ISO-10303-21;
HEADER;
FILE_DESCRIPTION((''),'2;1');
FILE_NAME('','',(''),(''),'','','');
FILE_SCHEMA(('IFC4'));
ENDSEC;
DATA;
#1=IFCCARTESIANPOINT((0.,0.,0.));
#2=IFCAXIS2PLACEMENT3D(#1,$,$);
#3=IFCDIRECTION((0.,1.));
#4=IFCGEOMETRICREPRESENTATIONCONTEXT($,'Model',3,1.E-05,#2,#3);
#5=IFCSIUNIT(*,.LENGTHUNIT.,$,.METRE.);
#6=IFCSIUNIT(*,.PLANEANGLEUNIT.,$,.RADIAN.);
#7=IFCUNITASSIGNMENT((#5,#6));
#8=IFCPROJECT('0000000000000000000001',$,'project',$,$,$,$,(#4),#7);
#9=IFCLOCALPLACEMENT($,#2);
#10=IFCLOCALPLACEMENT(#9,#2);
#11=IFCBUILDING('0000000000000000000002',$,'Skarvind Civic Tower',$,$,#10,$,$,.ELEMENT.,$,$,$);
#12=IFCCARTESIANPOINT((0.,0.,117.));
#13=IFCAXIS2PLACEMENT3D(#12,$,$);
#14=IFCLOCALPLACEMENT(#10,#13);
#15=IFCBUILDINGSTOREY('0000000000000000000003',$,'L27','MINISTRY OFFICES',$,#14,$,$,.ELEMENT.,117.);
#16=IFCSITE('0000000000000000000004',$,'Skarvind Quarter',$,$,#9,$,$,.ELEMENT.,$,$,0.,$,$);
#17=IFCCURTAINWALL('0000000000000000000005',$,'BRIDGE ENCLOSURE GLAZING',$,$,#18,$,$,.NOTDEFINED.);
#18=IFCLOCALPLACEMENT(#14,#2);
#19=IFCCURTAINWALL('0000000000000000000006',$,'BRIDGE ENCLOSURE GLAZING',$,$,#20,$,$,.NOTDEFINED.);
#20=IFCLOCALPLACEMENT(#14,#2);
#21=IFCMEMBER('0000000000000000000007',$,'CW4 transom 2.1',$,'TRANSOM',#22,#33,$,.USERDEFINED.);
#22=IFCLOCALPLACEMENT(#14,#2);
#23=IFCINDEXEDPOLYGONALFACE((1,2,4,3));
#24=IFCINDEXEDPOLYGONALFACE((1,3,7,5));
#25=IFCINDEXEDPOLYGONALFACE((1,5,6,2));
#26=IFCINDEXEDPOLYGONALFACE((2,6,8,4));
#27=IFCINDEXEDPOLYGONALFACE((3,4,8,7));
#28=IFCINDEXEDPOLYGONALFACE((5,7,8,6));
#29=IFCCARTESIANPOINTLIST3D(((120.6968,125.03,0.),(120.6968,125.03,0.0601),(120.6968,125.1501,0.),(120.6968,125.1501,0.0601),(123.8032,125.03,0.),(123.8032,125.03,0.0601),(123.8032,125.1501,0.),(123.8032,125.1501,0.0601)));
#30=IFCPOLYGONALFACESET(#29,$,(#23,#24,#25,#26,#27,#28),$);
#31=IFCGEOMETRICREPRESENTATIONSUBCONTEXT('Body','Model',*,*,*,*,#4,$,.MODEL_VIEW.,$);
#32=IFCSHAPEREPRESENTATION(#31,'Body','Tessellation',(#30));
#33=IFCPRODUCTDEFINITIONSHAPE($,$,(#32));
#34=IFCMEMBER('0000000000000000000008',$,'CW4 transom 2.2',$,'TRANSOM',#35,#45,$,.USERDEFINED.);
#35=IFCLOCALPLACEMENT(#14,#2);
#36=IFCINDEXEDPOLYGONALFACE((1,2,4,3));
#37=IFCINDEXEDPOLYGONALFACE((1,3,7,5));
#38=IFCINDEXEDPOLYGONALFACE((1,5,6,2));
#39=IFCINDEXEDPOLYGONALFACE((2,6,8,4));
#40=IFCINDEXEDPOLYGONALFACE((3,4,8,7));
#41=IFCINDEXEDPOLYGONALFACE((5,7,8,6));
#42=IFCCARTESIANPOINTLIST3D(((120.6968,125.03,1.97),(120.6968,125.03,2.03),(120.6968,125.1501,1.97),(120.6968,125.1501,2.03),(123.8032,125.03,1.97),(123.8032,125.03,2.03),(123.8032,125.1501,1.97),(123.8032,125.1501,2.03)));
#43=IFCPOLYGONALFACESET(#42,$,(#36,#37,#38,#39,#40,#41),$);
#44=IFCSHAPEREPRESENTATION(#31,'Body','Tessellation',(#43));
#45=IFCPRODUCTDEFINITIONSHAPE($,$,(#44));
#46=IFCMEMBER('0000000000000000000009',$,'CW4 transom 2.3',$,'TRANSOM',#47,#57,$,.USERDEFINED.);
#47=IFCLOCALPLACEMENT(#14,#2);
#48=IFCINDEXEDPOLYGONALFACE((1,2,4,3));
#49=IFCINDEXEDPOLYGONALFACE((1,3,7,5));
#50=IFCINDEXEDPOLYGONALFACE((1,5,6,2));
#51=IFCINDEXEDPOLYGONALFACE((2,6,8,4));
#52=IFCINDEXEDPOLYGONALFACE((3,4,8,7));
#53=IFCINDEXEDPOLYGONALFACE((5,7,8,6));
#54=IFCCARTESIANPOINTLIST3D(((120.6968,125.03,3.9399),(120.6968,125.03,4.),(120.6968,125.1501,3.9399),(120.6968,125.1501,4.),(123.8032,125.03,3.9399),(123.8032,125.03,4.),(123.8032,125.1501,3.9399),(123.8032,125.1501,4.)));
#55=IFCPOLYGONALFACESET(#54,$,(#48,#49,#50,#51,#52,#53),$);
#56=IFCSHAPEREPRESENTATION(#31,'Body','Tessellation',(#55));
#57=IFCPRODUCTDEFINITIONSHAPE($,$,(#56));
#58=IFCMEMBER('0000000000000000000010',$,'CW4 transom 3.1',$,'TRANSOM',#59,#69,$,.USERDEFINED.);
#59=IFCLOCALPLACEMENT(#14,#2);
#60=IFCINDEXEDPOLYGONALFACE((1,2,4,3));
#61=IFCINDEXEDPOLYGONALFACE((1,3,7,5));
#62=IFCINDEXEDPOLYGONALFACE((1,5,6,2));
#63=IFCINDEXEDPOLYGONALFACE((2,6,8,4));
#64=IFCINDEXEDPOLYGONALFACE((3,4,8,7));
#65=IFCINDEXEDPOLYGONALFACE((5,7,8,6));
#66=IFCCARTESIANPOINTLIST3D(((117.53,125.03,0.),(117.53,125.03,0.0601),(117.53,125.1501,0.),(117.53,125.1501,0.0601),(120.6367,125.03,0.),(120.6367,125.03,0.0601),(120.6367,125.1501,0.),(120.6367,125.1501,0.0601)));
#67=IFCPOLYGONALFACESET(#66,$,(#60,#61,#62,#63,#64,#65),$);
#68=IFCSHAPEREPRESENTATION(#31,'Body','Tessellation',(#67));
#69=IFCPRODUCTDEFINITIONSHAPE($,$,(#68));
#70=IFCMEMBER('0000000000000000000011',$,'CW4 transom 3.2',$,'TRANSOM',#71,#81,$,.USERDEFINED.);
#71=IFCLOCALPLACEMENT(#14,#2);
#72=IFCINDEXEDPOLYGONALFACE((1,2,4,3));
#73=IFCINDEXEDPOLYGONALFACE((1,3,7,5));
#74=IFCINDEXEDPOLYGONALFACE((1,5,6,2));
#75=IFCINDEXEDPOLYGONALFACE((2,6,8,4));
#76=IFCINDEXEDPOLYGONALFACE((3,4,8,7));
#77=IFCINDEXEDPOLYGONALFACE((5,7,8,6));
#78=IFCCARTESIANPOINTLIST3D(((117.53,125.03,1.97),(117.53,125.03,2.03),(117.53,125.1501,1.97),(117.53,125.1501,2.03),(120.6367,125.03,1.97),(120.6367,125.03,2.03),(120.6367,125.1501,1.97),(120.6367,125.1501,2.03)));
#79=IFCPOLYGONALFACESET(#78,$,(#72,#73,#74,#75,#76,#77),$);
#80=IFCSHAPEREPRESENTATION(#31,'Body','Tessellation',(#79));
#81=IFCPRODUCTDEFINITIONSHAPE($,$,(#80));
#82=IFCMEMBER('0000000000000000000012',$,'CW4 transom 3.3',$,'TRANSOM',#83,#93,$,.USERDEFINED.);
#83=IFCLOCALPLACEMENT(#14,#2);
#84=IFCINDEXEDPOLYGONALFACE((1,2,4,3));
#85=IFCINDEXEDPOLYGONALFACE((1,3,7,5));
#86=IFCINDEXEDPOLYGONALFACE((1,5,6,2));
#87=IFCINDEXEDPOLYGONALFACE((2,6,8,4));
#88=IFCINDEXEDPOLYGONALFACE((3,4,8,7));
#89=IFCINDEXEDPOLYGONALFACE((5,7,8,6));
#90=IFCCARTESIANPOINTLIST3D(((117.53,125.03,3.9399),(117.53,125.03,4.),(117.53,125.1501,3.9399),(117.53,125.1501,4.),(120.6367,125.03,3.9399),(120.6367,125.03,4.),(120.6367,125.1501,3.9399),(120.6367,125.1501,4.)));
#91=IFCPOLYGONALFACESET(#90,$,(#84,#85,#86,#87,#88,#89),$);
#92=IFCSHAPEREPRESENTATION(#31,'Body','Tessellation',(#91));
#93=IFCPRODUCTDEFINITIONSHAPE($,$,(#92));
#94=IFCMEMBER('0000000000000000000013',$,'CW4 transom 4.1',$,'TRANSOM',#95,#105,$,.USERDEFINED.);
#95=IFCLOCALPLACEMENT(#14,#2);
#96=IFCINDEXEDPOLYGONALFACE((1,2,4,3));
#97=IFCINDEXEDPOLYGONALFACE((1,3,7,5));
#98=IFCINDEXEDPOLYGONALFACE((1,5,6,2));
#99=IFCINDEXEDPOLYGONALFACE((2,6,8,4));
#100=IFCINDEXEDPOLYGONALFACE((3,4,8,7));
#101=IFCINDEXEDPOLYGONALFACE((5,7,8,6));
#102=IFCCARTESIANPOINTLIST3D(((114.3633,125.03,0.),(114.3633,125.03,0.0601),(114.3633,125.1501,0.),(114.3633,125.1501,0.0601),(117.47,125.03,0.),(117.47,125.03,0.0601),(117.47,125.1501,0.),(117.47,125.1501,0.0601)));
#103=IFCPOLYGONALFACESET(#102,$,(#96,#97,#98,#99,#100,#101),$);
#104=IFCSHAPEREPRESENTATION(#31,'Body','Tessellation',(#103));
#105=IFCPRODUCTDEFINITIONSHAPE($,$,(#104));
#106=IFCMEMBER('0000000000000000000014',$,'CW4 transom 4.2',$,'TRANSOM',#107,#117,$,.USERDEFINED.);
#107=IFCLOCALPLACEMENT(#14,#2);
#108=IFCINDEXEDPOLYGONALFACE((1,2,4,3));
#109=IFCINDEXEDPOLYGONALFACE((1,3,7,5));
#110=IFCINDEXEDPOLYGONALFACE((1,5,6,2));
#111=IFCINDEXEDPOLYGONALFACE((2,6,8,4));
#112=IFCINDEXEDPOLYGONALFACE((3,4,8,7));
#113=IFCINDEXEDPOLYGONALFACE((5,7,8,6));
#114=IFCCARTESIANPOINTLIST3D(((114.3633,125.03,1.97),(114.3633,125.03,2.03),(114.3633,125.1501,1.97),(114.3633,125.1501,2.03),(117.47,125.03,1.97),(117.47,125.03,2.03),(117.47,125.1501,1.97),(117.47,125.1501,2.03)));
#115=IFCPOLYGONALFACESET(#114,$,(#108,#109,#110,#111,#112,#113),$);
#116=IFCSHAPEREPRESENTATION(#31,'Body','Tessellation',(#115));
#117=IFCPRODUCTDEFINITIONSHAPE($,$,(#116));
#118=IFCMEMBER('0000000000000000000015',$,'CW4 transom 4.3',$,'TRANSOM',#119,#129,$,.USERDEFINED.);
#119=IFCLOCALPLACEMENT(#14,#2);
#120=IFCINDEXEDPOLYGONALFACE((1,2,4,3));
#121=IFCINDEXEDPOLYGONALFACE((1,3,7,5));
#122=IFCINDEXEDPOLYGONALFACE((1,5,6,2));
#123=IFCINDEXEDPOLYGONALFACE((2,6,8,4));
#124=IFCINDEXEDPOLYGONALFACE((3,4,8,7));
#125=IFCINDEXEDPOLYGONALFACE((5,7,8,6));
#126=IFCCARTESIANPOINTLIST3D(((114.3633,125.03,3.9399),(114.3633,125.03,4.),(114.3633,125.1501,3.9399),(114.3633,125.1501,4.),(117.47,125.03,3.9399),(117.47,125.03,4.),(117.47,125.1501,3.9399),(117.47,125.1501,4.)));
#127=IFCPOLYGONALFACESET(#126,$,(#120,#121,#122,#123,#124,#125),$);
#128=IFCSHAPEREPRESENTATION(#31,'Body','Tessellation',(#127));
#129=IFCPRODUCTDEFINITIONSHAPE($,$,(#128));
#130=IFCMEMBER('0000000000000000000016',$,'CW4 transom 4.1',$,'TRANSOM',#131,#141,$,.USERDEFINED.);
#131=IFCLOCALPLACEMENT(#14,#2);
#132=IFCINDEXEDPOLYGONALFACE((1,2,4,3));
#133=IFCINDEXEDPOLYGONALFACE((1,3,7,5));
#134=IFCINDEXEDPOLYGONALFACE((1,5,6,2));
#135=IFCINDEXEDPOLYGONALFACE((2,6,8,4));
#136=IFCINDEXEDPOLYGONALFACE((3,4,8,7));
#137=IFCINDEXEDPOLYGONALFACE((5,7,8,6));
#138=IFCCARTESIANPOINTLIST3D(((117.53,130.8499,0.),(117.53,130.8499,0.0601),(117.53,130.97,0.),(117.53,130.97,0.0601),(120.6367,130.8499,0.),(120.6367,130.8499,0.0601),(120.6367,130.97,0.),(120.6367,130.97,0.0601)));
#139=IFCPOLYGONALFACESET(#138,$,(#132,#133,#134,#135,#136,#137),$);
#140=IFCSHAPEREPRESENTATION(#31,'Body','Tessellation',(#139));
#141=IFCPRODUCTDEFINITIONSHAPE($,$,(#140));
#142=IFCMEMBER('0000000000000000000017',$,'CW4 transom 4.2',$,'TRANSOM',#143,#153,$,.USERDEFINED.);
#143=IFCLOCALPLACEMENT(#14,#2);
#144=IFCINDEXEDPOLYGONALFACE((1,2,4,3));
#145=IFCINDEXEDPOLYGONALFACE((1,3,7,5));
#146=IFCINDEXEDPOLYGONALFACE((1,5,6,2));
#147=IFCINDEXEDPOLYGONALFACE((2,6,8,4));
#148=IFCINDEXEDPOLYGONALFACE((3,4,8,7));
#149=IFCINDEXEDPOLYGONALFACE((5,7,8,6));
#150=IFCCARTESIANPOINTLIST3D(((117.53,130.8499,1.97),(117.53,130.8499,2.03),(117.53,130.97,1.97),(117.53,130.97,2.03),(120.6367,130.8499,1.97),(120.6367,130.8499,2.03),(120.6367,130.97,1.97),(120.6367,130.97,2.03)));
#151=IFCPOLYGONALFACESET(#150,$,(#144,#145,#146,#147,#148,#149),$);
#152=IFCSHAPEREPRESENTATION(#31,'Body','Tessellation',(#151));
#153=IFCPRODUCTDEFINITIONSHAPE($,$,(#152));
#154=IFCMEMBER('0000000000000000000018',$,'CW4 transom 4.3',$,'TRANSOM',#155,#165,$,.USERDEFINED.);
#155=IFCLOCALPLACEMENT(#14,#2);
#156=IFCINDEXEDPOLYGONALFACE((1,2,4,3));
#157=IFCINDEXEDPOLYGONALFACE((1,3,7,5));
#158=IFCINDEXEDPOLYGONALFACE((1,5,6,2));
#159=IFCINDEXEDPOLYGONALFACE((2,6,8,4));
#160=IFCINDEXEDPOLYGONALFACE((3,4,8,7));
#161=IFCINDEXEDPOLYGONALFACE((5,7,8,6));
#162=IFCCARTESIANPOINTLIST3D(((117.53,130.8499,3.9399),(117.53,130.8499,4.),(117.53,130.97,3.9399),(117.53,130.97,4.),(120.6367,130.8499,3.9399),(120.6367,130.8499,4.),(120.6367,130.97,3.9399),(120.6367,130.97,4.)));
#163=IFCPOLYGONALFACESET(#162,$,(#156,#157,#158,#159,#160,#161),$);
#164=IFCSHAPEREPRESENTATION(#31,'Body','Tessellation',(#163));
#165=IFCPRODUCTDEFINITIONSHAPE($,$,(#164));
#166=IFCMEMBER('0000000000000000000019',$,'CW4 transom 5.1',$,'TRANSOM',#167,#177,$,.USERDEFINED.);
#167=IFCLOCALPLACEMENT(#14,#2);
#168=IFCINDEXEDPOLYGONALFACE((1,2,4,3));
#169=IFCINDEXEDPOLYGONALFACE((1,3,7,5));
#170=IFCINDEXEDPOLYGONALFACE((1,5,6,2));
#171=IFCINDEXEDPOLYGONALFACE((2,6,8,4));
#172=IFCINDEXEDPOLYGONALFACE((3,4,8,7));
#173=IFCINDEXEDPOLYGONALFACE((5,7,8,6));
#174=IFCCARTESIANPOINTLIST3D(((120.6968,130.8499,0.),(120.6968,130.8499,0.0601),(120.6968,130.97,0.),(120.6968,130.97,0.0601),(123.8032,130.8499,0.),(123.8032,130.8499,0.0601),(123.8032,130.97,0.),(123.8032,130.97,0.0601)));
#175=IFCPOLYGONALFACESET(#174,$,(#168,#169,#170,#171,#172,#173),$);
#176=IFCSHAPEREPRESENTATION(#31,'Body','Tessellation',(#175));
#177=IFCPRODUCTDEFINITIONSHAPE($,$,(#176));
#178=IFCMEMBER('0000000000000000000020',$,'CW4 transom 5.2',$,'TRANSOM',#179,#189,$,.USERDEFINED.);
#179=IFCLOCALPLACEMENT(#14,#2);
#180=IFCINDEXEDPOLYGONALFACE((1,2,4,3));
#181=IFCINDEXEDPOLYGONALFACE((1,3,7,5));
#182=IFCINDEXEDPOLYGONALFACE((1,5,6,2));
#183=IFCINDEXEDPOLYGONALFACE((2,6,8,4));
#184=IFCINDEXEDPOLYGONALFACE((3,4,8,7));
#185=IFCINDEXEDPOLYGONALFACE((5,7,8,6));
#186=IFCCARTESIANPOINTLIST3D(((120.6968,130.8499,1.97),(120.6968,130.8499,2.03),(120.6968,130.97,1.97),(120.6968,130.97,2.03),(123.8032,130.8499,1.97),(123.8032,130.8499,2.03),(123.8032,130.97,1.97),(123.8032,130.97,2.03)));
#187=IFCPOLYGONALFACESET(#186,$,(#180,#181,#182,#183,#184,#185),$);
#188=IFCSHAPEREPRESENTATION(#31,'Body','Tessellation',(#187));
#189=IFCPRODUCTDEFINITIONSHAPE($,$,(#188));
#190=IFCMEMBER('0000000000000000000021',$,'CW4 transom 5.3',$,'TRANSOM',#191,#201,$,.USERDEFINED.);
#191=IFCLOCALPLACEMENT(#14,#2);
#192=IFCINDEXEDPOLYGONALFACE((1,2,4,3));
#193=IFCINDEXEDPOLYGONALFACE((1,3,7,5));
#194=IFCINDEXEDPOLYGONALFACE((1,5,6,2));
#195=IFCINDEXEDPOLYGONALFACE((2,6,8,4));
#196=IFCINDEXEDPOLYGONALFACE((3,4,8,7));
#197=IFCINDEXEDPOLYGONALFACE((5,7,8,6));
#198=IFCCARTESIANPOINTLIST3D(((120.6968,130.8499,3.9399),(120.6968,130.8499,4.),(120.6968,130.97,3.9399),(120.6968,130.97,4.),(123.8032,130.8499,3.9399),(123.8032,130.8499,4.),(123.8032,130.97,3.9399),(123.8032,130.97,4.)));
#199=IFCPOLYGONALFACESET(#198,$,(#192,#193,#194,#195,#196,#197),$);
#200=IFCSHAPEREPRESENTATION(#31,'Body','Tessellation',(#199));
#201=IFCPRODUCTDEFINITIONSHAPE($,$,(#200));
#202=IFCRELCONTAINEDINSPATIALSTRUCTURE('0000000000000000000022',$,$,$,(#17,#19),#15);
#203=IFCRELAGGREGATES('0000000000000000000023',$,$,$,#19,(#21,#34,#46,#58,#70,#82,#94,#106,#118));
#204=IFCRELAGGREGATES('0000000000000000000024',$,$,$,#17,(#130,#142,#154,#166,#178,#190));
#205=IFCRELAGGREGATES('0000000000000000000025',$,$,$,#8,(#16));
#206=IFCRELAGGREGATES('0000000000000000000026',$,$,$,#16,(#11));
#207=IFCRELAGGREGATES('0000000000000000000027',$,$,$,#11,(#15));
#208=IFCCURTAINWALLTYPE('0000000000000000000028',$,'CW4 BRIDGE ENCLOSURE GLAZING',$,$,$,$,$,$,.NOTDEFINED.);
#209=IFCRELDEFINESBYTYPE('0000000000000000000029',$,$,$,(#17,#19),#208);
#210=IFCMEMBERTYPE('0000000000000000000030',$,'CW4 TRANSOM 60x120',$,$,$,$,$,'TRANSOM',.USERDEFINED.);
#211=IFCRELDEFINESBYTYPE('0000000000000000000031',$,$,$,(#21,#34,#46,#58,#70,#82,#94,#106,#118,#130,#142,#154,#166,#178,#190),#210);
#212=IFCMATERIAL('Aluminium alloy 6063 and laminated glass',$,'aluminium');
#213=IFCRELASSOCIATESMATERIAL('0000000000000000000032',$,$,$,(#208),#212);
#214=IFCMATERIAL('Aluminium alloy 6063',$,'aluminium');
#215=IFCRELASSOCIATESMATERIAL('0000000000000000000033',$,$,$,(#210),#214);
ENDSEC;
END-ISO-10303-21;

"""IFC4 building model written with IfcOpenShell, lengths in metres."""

from ifc_helpers import new_model, si_unit, direction, frame, origin, origin_2d, place, context, subcontext, project, spatial, rectangle, extrude, material, material_profile, profile_set, type_object, element, aggregate, save


model = new_model("IFC4")

# Units and contexts
model_context = context("Model", 3, precision=1e-05, world=origin(), true_north=direction((0.0, 1.0)))
body_context = subcontext(model_context, "Body", "Model", "MODEL_VIEW")
ifc_project = project(units=[si_unit("LENGTHUNIT", "METRE"), si_unit("PLANEANGLEUNIT", "RADIAN")], contexts=[model_context])

# Site, building, storey
site_placement = place(None, origin())
site = spatial("IfcSite", under=ifc_project, at=site_placement, Name="Skarvind Quarter", CompositionType="ELEMENT", RefElevation=0.0)
building_placement = place(site_placement, origin())
building = spatial("IfcBuilding", under=site, at=building_placement, Name="Skarvind Civic Tower", CompositionType="ELEMENT")
storey_placement = place(building_placement, frame((0.0, 0.0, 117.0)))
storey = spatial("IfcBuildingStorey", under=building, at=storey_placement, Name="L27", Description="MINISTRY OFFICES", CompositionType="ELEMENT", Elevation=117.0)

# Curtain walls, members
ifc_material_1 = material(Name="Aluminium alloy 6063 and laminated glass", Category="aluminium")
curtain_wall_type = type_object("IfcCurtainWallType", Name="CW4 BRIDGE ENCLOSURE GLAZING", PredefinedType="NOTDEFINED", material=ifc_material_1)
curtain_wall_1_placement = place(storey_placement, origin())
curtain_wall_1 = element("IfcCurtainWall", 1, at=curtain_wall_1_placement, inside=storey, type_object=curtain_wall_type, Name="BRIDGE ENCLOSURE GLAZING", PredefinedType="NOTDEFINED")
ifc_material_2 = material(Name="Aluminium alloy 6063", Category="aluminium")
curtain_wall_2_placement = place(storey_placement, origin())
curtain_wall_2 = element("IfcCurtainWall", 2, at=curtain_wall_2_placement, inside=storey, type_object=curtain_wall_type, Name="BRIDGE ENCLOSURE GLAZING", PredefinedType="NOTDEFINED")
ifc_material_profile_1 = material_profile(ifc_material_2, rectangle(XDim=0.1201, YDim=0.0601, at=origin_2d()), Name="AL 60x120")
ifc_profile_set_1 = profile_set([ifc_material_profile_1], Name="Aluminium alloy 6063")
member_type_1 = type_object("IfcMemberType", Name="CW4 TRANSOM 60x120", ElementType="TRANSOM", PredefinedType="USERDEFINED", material=ifc_profile_set_1)
member_1_placement = place(storey_placement, frame((123.8032, 125.0901, 0.03), z_axis=(-1.0, 0.0, 0.0), x_axis=(0.0, -1.0, 0.0)))
member_1 = element("IfcMember", 3, at=member_1_placement, type_object=member_type_1, Name="CW4 transom 2.1", ObjectType="TRANSOM", PredefinedType="USERDEFINED", context=body_context, shape_type="SweptSolid", body=[
    extrude(rectangle(XDim=0.1201, YDim=0.0601, at=origin_2d()), origin(), (0.0, 0.0, 1.0), 3.1064),
])
member_2_placement = place(storey_placement, frame((123.8032, 125.0901, 2.0), z_axis=(-1.0, 0.0, 0.0), x_axis=(0.0, -1.0, 0.0)))
member_2 = element("IfcMember", 4, at=member_2_placement, type_object=member_type_1, Name="CW4 transom 2.2", ObjectType="TRANSOM", PredefinedType="USERDEFINED", context=body_context, shape_type="SweptSolid", body=[
    extrude(rectangle(XDim=0.1201, YDim=0.0601, at=origin_2d()), origin(), (0.0, 0.0, 1.0), 3.1064),
])
member_3_placement = place(storey_placement, frame((123.8032, 125.0901, 3.97), z_axis=(-1.0, 0.0, 0.0), x_axis=(0.0, -1.0, 0.0)))
member_3 = element("IfcMember", 5, at=member_3_placement, type_object=member_type_1, Name="CW4 transom 2.3", ObjectType="TRANSOM", PredefinedType="USERDEFINED", context=body_context, shape_type="SweptSolid", body=[
    extrude(rectangle(XDim=0.1201, YDim=0.0601, at=origin_2d()), origin(), (0.0, 0.0, 1.0), 3.1064),
])
member_4_placement = place(storey_placement, frame((120.6367, 125.0901, 0.03), z_axis=(-1.0, 0.0, 0.0), x_axis=(0.0, -1.0, 0.0)))
member_4 = element("IfcMember", 6, at=member_4_placement, type_object=member_type_1, Name="CW4 transom 3.1", ObjectType="TRANSOM", PredefinedType="USERDEFINED", context=body_context, shape_type="SweptSolid", body=[
    extrude(rectangle(XDim=0.1201, YDim=0.0601, at=origin_2d()), origin(), (0.0, 0.0, 1.0), 3.1067),
])
member_5_placement = place(storey_placement, frame((120.6367, 125.0901, 2.0), z_axis=(-1.0, 0.0, 0.0), x_axis=(0.0, -1.0, 0.0)))
member_5 = element("IfcMember", 7, at=member_5_placement, type_object=member_type_1, Name="CW4 transom 3.2", ObjectType="TRANSOM", PredefinedType="USERDEFINED", context=body_context, shape_type="SweptSolid", body=[
    extrude(rectangle(XDim=0.1201, YDim=0.0601, at=origin_2d()), origin(), (0.0, 0.0, 1.0), 3.1067),
])
member_6_placement = place(storey_placement, frame((120.6367, 125.0901, 3.97), z_axis=(-1.0, 0.0, 0.0), x_axis=(0.0, -1.0, 0.0)))
member_6 = element("IfcMember", 8, at=member_6_placement, type_object=member_type_1, Name="CW4 transom 3.3", ObjectType="TRANSOM", PredefinedType="USERDEFINED", context=body_context, shape_type="SweptSolid", body=[
    extrude(rectangle(XDim=0.1201, YDim=0.0601, at=origin_2d()), origin(), (0.0, 0.0, 1.0), 3.1067),
])
member_7_placement = place(storey_placement, frame((117.47, 125.0901, 0.03), z_axis=(-1.0, 0.0, 0.0), x_axis=(0.0, -1.0, 0.0)))
member_7 = element("IfcMember", 9, at=member_7_placement, type_object=member_type_1, Name="CW4 transom 4.1", ObjectType="TRANSOM", PredefinedType="USERDEFINED", context=body_context, shape_type="SweptSolid", body=[
    extrude(rectangle(XDim=0.1201, YDim=0.0601, at=origin_2d()), origin(), (0.0, 0.0, 1.0), 3.1067),
])
member_8_placement = place(storey_placement, frame((117.47, 125.0901, 2.0), z_axis=(-1.0, 0.0, 0.0), x_axis=(0.0, -1.0, 0.0)))
member_8 = element("IfcMember", 10, at=member_8_placement, type_object=member_type_1, Name="CW4 transom 4.2", ObjectType="TRANSOM", PredefinedType="USERDEFINED", context=body_context, shape_type="SweptSolid", body=[
    extrude(rectangle(XDim=0.1201, YDim=0.0601, at=origin_2d()), origin(), (0.0, 0.0, 1.0), 3.1067),
])
member_9_placement = place(storey_placement, frame((117.47, 125.0901, 3.97), z_axis=(-1.0, 0.0, 0.0), x_axis=(0.0, -1.0, 0.0)))
member_9 = element("IfcMember", 11, at=member_9_placement, type_object=member_type_1, Name="CW4 transom 4.3", ObjectType="TRANSOM", PredefinedType="USERDEFINED", context=body_context, shape_type="SweptSolid", body=[
    extrude(rectangle(XDim=0.1201, YDim=0.0601, at=origin_2d()), origin(), (0.0, 0.0, 1.0), 3.1067),
])

# Members
member_10_placement = place(storey_placement, frame((117.53, 130.9099, 0.03), z_axis=(1.0, 0.0, 0.0), x_axis=(0.0, 1.0, 0.0)))
member_10 = element("IfcMember", 12, at=member_10_placement, type_object=member_type_1, Name="CW4 transom 4.1", ObjectType="TRANSOM", PredefinedType="USERDEFINED", context=body_context, shape_type="SweptSolid", body=[
    extrude(rectangle(XDim=0.1201, YDim=0.0601, at=origin_2d()), origin(), (0.0, 0.0, 1.0), 3.1067),
])
member_11_placement = place(storey_placement, frame((117.53, 130.9099, 2.0), z_axis=(1.0, 0.0, 0.0), x_axis=(0.0, 1.0, 0.0)))
member_11 = element("IfcMember", 13, at=member_11_placement, type_object=member_type_1, Name="CW4 transom 4.2", ObjectType="TRANSOM", PredefinedType="USERDEFINED", context=body_context, shape_type="SweptSolid", body=[
    extrude(rectangle(XDim=0.1201, YDim=0.0601, at=origin_2d()), origin(), (0.0, 0.0, 1.0), 3.1067),
])
member_12_placement = place(storey_placement, frame((117.53, 130.9099, 3.97), z_axis=(1.0, 0.0, 0.0), x_axis=(0.0, 1.0, 0.0)))
member_12 = element("IfcMember", 14, at=member_12_placement, type_object=member_type_1, Name="CW4 transom 4.3", ObjectType="TRANSOM", PredefinedType="USERDEFINED", context=body_context, shape_type="SweptSolid", body=[
    extrude(rectangle(XDim=0.1201, YDim=0.0601, at=origin_2d()), origin(), (0.0, 0.0, 1.0), 3.1067),
])
member_13_placement = place(storey_placement, frame((120.6968, 130.9099, 0.03), z_axis=(1.0, 0.0, 0.0), x_axis=(0.0, 1.0, 0.0)))
member_13 = element("IfcMember", 15, at=member_13_placement, type_object=member_type_1, Name="CW4 transom 5.1", ObjectType="TRANSOM", PredefinedType="USERDEFINED", context=body_context, shape_type="SweptSolid", body=[
    extrude(rectangle(XDim=0.1201, YDim=0.0601, at=origin_2d()), origin(), (0.0, 0.0, 1.0), 3.1064),
])
member_14_placement = place(storey_placement, frame((120.6968, 130.9099, 2.0), z_axis=(1.0, 0.0, 0.0), x_axis=(0.0, 1.0, 0.0)))
member_14 = element("IfcMember", 16, at=member_14_placement, type_object=member_type_1, Name="CW4 transom 5.2", ObjectType="TRANSOM", PredefinedType="USERDEFINED", context=body_context, shape_type="SweptSolid", body=[
    extrude(rectangle(XDim=0.1201, YDim=0.0601, at=origin_2d()), origin(), (0.0, 0.0, 1.0), 3.1064),
])
member_15_placement = place(storey_placement, frame((120.6968, 130.9099, 3.97), z_axis=(1.0, 0.0, 0.0), x_axis=(0.0, 1.0, 0.0)))
member_15 = element("IfcMember", 17, at=member_15_placement, type_object=member_type_1, Name="CW4 transom 5.3", ObjectType="TRANSOM", PredefinedType="USERDEFINED", context=body_context, shape_type="SweptSolid", body=[
    extrude(rectangle(XDim=0.1201, YDim=0.0601, at=origin_2d()), origin(), (0.0, 0.0, 1.0), 3.1064),
])

aggregate(curtain_wall_2, [member_1, member_2, member_3, member_4, member_5, member_6, member_7, member_8, member_9])
aggregate(curtain_wall_1, [member_10, member_11, member_12, member_13, member_14, member_15])

save(model, "model.ifc")
